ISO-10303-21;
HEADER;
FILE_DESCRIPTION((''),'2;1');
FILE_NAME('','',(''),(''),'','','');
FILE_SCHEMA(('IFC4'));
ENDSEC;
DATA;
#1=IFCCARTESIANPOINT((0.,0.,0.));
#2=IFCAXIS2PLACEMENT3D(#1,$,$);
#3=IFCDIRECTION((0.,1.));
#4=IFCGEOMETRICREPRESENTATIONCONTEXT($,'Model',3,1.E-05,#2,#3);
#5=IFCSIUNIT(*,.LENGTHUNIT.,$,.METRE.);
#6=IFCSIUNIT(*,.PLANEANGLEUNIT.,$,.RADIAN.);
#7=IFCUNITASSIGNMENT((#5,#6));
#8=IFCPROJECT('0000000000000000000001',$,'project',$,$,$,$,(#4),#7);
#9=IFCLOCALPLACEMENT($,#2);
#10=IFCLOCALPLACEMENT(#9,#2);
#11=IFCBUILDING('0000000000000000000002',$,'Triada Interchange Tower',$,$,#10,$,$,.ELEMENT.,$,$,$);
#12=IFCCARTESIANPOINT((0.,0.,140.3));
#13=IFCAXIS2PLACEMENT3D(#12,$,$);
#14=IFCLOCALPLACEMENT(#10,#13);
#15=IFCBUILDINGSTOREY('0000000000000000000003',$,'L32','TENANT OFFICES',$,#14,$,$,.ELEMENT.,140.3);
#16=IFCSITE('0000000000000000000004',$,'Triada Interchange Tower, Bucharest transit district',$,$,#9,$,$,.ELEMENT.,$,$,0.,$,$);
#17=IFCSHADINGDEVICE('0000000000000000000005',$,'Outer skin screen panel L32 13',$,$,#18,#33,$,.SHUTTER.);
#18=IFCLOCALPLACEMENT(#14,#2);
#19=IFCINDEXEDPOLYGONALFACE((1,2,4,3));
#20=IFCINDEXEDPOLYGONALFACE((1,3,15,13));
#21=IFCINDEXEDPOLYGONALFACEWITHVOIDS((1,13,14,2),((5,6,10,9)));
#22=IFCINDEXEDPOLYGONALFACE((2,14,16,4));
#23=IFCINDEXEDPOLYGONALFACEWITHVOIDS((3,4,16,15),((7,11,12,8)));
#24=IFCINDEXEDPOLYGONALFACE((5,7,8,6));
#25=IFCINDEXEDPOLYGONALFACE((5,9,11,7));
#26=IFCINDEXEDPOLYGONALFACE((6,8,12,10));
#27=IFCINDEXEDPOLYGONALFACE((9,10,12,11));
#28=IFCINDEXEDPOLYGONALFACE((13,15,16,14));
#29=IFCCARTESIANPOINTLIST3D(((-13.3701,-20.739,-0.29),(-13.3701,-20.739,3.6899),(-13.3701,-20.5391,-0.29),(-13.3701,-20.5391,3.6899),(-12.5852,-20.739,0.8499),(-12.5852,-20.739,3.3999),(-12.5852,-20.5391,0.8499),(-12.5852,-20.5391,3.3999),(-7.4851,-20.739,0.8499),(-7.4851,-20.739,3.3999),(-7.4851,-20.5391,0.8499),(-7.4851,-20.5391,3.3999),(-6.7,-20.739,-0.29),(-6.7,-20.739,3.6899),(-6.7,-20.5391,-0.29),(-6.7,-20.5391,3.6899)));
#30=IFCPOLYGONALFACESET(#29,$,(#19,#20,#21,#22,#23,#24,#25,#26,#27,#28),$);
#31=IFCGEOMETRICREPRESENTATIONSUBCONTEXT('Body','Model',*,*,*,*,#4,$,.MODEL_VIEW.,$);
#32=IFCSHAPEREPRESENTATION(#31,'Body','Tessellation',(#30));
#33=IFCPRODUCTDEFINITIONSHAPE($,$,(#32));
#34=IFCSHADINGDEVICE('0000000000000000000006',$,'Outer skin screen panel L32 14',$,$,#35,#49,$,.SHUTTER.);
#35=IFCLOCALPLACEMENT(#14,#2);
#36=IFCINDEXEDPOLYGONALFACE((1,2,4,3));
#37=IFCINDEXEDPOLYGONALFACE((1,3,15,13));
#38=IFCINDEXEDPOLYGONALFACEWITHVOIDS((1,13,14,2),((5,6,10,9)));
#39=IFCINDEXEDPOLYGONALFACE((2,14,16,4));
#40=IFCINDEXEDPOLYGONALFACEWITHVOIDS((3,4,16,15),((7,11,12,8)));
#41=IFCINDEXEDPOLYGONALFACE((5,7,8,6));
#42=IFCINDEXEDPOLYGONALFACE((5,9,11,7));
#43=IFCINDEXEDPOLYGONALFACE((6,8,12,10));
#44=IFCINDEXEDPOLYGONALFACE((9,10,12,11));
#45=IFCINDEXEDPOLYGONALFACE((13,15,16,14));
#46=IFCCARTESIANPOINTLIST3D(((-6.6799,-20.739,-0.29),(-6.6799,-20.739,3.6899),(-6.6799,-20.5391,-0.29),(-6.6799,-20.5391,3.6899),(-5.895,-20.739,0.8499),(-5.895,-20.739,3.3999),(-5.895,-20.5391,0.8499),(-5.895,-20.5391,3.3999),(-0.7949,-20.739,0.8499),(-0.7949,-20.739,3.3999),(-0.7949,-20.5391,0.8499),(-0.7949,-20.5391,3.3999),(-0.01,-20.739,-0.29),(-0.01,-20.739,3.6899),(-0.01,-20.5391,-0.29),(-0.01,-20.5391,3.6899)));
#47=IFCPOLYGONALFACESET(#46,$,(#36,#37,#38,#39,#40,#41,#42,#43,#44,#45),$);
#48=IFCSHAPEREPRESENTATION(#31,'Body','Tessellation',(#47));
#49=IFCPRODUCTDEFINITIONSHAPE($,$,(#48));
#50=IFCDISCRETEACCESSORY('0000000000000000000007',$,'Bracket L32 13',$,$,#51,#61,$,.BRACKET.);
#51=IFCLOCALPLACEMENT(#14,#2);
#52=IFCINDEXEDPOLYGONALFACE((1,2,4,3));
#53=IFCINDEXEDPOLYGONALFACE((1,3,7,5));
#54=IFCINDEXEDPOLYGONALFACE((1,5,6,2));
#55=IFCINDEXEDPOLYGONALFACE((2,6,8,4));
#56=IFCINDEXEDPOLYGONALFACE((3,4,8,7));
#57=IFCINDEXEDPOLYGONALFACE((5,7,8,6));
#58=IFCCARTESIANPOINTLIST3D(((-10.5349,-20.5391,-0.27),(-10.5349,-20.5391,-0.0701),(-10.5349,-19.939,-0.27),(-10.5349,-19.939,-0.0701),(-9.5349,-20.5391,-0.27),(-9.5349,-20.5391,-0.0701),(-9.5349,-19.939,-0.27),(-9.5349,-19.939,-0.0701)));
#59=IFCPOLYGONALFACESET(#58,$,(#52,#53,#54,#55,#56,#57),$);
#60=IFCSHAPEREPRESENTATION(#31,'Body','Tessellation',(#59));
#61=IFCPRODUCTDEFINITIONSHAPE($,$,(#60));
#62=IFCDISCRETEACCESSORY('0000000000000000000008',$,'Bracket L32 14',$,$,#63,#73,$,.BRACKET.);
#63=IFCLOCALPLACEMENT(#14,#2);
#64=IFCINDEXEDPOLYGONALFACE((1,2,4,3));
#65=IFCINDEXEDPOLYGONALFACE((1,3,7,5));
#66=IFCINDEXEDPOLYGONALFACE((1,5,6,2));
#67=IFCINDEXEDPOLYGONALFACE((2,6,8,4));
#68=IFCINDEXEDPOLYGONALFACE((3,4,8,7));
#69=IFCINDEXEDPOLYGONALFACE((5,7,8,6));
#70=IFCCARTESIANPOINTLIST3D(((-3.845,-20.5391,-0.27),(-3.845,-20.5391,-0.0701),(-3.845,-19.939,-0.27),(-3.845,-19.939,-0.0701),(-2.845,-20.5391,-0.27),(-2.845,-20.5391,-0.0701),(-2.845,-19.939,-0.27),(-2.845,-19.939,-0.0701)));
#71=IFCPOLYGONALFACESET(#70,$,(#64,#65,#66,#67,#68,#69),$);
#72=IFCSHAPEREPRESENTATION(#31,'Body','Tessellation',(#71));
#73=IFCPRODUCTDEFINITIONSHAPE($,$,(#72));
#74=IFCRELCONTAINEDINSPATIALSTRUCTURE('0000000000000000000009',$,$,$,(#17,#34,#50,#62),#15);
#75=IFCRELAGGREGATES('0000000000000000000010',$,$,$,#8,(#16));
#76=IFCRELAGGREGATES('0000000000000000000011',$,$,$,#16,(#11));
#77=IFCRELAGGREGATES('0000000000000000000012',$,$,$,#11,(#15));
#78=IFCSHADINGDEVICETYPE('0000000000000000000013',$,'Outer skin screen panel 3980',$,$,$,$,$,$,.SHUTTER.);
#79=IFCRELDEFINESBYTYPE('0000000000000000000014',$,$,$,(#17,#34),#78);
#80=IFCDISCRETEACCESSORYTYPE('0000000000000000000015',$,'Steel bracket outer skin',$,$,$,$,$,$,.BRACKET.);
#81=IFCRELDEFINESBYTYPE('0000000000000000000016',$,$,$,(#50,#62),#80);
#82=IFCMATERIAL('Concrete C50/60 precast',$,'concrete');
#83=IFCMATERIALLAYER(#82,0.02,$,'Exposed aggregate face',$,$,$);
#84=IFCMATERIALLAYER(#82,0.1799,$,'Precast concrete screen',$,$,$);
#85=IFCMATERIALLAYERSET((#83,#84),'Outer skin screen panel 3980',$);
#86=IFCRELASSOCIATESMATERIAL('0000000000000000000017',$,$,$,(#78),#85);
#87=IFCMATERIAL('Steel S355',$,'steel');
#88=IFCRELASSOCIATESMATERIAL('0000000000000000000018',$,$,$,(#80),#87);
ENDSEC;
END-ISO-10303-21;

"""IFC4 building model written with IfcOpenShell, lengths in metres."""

from ifc_helpers import new_model, si_unit, direction, frame, origin, origin_2d, place, context, subcontext, project, spatial, polyline, rectangle, outline, extrude, material, layer, layer_set, type_object, element, save


model = new_model("IFC4")

# Units and contexts
model_context = context("Model", 3, precision=1e-05, world=origin(), true_north=direction((0.0, 1.0)))
body_context = subcontext(model_context, "Body", "Model", "MODEL_VIEW")
ifc_project = project(units=[si_unit("LENGTHUNIT", "METRE"), si_unit("PLANEANGLEUNIT", "RADIAN")], contexts=[model_context])

# Site, building, storey
site_placement = place(None, origin())
site = spatial("IfcSite", under=ifc_project, at=site_placement, Name="Triada Interchange Tower, Bucharest transit district", CompositionType="ELEMENT", RefElevation=0.0)
building_placement = place(site_placement, origin())
building = spatial("IfcBuilding", under=site, at=building_placement, Name="Triada Interchange Tower", CompositionType="ELEMENT")
storey_placement = place(building_placement, frame((0.0, 0.0, 140.3)))
storey = spatial("IfcBuildingStorey", under=building, at=storey_placement, Name="L32", Description="TENANT OFFICES", CompositionType="ELEMENT", Elevation=140.3)

# Shading devices
ifc_material_1 = material(Name="Concrete C50/60 precast", Category="concrete")
ifc_layer_1 = layer(ifc_material_1, 0.02, Name="Exposed aggregate face")
ifc_layer_2 = layer(ifc_material_1, 0.1799, Name="Precast concrete screen")
ifc_layer_set_1 = layer_set([ifc_layer_1, ifc_layer_2], Name="Outer skin screen panel 3980")
shading_device_type = type_object("IfcShadingDeviceType", Name="Outer skin screen panel 3980", PredefinedType="SHUTTER", material=ifc_layer_set_1)
shading_device_1_placement = place(storey_placement, frame((-13.3701, -20.5391, -0.29), z_axis=(0.0, 0.0, 1.0), x_axis=(1.0, 0.0, 0.0)))
element("IfcShadingDevice", 1, at=shading_device_1_placement, inside=storey, type_object=shading_device_type, Name="Outer skin screen panel L32 13", PredefinedType="SHUTTER", context=body_context, shape_type="SweptSolid", body=[
    extrude(outline(polyline([(0.0, 0.0), (6.6702, 0.0), (6.6702, 3.98), (0.0, 3.98), (0.0, 0.0)]), holes=[polyline([(0.7849, 1.1399), (0.7849, 3.6899), (5.885, 3.6899), (5.885, 1.1399), (0.7849, 1.1399)])]), frame((0.0, 0.0, 0.0), z_axis=(0.0, -1.0, 0.0), x_axis=(1.0, 0.0, 0.0)), (0.0, 0.0, 1.0), 0.2),
])
shading_device_2_placement = place(storey_placement, frame((-6.6799, -20.5391, -0.29), z_axis=(0.0, 0.0, 1.0), x_axis=(1.0, 0.0, 0.0)))
element("IfcShadingDevice", 2, at=shading_device_2_placement, inside=storey, type_object=shading_device_type, Name="Outer skin screen panel L32 14", PredefinedType="SHUTTER", context=body_context, shape_type="SweptSolid", body=[
    extrude(outline(polyline([(0.0, 0.0), (6.6699, 0.0), (6.6699, 3.98), (0.0, 3.98), (0.0, 0.0)]), holes=[polyline([(0.7849, 1.1399), (0.7849, 3.6899), (5.885, 3.6899), (5.885, 1.1399), (0.7849, 1.1399)])]), frame((0.0, 0.0, 0.0), z_axis=(0.0, -1.0, 0.0), x_axis=(1.0, 0.0, 0.0)), (0.0, 0.0, 1.0), 0.2),
])

# Discrete accessories
ifc_material_2 = material(Name="Steel S355", Category="steel")
discrete_accessory_type = type_object("IfcDiscreteAccessoryType", Name="Steel bracket outer skin", PredefinedType="BRACKET", material=ifc_material_2)
for number, where, z_axis, x_axis, name in (
    (3, (-10.0349, -20.239, -0.27), (0.0, 0.0, 1.0), (0.0, -1.0, 0.0), "Bracket L32 13"),
    (4, (-3.345, -20.239, -0.27), (0.0, 0.0, 1.0), (0.0, -1.0, 0.0), "Bracket L32 14"),
):
    element("IfcDiscreteAccessory", number, at=place(storey_placement, frame(where, z_axis=z_axis, x_axis=x_axis)), inside=storey, type_object=discrete_accessory_type, Name=name, PredefinedType="BRACKET", context=body_context, shape_type="SweptSolid", body=[
        extrude(rectangle(XDim=0.6001, YDim=1.0, at=origin_2d()), origin(), (0.0, 0.0, 1.0), 0.2),
    ])

save(model, "model.ifc")
